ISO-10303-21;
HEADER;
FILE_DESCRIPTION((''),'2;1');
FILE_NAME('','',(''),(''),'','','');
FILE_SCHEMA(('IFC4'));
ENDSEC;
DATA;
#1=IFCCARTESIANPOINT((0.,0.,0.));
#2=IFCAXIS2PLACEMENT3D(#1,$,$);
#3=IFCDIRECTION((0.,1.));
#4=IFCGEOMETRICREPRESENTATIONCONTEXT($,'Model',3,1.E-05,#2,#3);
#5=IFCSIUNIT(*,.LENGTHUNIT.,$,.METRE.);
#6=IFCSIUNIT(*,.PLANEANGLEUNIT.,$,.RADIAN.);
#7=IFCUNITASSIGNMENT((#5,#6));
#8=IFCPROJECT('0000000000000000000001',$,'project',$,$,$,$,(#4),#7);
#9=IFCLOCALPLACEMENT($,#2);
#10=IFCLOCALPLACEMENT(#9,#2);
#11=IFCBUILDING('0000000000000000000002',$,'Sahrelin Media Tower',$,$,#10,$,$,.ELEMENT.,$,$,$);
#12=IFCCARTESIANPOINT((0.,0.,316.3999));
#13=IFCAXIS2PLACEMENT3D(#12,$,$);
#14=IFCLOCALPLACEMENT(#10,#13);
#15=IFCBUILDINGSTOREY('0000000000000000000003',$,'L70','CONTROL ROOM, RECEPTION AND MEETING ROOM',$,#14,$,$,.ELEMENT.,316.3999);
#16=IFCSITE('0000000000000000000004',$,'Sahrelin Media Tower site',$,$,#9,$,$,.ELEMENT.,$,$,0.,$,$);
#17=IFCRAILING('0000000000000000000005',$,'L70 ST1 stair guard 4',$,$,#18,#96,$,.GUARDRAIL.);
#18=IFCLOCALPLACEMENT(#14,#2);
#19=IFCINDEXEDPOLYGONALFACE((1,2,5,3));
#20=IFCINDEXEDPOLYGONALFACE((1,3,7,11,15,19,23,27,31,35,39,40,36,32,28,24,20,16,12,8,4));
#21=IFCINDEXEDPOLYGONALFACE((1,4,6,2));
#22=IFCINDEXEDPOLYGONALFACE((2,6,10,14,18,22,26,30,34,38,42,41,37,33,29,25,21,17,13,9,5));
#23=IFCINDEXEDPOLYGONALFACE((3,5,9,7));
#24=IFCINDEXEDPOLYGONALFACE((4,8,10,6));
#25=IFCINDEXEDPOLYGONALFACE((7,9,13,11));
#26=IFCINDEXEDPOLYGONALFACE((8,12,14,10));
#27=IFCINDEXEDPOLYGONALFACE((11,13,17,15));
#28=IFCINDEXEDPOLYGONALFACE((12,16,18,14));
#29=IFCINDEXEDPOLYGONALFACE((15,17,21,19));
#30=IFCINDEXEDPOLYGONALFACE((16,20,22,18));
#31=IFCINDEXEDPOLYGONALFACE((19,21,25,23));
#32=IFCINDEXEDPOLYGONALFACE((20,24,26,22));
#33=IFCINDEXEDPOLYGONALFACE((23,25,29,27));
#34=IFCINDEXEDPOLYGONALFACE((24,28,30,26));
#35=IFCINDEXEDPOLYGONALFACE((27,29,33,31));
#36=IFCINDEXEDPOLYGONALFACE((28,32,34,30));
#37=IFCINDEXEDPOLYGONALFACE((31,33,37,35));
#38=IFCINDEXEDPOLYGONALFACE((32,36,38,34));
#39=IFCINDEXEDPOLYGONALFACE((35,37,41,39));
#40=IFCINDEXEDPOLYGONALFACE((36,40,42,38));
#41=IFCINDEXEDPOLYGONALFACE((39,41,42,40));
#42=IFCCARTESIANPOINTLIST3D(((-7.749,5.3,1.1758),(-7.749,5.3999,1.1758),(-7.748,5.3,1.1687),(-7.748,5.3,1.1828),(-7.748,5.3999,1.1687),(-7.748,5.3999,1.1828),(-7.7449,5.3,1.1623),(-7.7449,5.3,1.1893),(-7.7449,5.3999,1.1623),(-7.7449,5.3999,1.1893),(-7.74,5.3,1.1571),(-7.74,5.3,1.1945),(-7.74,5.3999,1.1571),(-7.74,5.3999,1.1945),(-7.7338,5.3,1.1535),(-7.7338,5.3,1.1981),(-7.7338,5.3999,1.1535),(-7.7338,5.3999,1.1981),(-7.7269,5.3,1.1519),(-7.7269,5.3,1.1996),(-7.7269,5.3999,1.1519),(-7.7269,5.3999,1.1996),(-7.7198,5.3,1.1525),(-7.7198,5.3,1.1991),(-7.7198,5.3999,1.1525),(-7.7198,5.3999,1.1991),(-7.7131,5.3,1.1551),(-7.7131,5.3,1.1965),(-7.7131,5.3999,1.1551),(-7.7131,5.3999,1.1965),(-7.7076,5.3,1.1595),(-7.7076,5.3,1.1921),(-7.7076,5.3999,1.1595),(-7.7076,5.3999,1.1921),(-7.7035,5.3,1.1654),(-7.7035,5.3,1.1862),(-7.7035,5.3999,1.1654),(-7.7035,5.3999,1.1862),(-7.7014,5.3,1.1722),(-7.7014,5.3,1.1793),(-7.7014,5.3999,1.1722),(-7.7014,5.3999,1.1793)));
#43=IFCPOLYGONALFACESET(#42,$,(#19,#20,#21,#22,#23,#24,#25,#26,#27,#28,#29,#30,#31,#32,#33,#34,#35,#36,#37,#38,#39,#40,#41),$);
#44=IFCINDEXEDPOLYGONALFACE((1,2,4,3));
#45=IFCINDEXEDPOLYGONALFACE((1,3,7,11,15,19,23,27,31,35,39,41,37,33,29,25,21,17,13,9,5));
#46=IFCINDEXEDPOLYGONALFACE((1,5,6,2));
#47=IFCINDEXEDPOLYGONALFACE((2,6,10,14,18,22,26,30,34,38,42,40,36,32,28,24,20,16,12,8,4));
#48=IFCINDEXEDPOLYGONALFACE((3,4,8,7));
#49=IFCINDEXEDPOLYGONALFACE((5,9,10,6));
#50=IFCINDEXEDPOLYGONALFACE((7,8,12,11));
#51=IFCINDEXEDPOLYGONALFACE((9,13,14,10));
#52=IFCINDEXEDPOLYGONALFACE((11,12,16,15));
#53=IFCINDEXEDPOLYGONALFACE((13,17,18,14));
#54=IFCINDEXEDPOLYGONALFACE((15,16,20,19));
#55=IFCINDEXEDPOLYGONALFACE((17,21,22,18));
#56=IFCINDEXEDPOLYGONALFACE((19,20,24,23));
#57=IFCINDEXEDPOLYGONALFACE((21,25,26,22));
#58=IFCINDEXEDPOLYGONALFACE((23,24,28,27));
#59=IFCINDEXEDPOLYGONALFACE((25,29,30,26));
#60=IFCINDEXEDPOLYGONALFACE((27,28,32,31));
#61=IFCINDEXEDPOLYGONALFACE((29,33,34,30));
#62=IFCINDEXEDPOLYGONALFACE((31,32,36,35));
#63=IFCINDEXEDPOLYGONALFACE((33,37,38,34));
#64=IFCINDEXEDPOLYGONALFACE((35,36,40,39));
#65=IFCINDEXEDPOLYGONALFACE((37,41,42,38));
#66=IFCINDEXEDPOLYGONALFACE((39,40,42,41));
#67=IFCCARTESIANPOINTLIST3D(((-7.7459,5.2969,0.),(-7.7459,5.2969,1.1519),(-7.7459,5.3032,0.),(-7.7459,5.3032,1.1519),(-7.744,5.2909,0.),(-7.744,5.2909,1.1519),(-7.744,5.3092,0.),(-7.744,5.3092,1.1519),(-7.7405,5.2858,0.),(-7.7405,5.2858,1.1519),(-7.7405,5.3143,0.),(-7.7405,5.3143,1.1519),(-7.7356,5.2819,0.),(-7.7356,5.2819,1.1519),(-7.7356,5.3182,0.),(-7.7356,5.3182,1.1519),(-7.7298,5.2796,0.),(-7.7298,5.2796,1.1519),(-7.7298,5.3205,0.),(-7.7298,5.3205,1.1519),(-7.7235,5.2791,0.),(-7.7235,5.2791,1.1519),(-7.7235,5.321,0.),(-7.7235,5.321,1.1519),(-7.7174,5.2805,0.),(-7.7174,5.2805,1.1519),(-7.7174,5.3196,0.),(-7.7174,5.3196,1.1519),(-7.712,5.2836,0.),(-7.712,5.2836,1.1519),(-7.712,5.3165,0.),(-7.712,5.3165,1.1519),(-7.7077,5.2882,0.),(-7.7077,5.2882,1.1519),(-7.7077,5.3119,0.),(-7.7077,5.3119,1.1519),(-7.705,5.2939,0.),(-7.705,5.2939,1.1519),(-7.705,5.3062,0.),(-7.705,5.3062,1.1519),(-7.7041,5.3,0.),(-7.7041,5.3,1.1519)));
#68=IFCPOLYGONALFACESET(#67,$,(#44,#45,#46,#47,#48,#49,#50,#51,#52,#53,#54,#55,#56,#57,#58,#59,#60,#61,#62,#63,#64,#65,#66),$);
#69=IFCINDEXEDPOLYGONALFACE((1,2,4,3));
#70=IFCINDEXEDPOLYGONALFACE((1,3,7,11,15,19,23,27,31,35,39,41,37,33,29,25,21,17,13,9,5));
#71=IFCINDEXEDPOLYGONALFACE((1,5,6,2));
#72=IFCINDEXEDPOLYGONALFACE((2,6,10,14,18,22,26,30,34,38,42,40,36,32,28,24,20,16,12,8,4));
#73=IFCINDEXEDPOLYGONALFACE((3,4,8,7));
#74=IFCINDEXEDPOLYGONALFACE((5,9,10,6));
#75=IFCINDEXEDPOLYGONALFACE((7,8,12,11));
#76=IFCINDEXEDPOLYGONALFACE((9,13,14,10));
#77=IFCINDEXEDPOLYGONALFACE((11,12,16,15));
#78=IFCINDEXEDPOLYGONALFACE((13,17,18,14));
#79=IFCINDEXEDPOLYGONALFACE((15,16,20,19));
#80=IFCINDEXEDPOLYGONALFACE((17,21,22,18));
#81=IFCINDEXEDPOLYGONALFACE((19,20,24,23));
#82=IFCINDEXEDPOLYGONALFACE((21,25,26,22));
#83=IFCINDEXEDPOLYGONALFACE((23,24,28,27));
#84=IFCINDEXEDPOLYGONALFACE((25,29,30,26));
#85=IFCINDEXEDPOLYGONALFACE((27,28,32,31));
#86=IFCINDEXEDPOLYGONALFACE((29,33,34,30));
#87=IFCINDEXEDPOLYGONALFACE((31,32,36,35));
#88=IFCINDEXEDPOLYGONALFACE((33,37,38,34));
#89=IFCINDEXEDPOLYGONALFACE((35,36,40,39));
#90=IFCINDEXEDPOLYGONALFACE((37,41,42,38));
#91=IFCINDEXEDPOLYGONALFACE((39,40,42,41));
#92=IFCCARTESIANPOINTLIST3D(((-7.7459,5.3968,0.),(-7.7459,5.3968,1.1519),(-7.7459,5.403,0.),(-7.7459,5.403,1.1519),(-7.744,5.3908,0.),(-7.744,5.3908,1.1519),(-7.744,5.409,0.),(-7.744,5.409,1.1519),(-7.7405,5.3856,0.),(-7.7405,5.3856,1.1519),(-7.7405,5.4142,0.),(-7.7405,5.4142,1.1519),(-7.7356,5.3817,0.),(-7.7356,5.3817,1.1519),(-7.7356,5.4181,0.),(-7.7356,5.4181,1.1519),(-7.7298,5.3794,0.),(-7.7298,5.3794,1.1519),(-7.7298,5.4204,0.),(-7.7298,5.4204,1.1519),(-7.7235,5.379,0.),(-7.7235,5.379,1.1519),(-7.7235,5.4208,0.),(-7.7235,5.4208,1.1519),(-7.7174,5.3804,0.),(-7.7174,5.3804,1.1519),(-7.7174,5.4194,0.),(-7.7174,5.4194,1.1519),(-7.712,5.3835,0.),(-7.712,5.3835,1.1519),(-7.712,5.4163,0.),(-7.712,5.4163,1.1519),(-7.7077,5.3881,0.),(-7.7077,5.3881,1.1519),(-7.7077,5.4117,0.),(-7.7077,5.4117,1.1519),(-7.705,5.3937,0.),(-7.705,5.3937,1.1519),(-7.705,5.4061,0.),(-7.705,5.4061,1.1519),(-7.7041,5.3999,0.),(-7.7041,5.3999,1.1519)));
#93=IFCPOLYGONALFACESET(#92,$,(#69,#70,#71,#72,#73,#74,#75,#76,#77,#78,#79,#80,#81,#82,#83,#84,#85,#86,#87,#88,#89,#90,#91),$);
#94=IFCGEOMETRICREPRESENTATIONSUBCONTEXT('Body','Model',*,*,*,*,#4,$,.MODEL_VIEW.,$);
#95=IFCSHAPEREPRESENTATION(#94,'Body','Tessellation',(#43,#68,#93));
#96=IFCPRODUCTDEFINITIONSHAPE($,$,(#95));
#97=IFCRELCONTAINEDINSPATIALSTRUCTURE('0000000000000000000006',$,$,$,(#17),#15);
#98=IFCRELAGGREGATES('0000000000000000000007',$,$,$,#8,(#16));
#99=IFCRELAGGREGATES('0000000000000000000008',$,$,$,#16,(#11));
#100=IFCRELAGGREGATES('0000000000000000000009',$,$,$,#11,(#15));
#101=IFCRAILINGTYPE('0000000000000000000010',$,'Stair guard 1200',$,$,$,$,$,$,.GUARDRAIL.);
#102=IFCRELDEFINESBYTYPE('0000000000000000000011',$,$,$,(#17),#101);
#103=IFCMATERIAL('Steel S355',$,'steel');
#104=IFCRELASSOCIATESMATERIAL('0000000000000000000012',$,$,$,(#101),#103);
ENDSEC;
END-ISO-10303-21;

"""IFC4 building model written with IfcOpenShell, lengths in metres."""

from ifc_helpers import new_model, si_unit, direction, frame, origin, origin_2d, place, context, subcontext, project, spatial, circle, extrude, material, type_object, element, save


model = new_model("IFC4")

# Units and contexts
model_context = context("Model", 3, precision=1e-05, world=origin(), true_north=direction((0.0, 1.0)))
body_context = subcontext(model_context, "Body", "Model", "MODEL_VIEW")
ifc_project = project(units=[si_unit("LENGTHUNIT", "METRE"), si_unit("PLANEANGLEUNIT", "RADIAN")], contexts=[model_context])

# Site, building, storey
site_placement = place(None, origin())
site = spatial("IfcSite", under=ifc_project, at=site_placement, Name="Sahrelin Media Tower site", CompositionType="ELEMENT", RefElevation=0.0)
building_placement = place(site_placement, origin())
building = spatial("IfcBuilding", under=site, at=building_placement, Name="Sahrelin Media Tower", CompositionType="ELEMENT")
storey_placement = place(building_placement, frame((0.0, 0.0, 316.3999)))
storey = spatial("IfcBuildingStorey", under=building, at=storey_placement, Name="L70", Description="CONTROL ROOM, RECEPTION AND MEETING ROOM", CompositionType="ELEMENT", Elevation=316.3999)

# Shared definitions
ifc_material_1 = material(Name="Steel S355", Category="steel")

# Railing
railing_type_1 = type_object("IfcRailingType", Name="Stair guard 1200", PredefinedType="GUARDRAIL", material=ifc_material_1)
railing_1_placement = place(storey_placement, frame((-7.7251, 5.3, 0.0)))
element("IfcRailing", 1, at=railing_1_placement, inside=storey, type_object=railing_type_1, Name="L70 ST1 stair guard 4", PredefinedType="GUARDRAIL", context=body_context, shape_type="SweptSolid", body=[
    extrude(circle(Radius=0.0239, at=origin_2d()), frame((0.0, 0.0, 1.1758), z_axis=(0.0, 1.0, 0.0), x_axis=(-1.0, 0.0, 0.0)), (0.0, 0.0, 1.0), 0.0999),
    extrude(circle(Radius=0.021, at=origin_2d()), origin(), (0.0, 0.0, 1.0), 1.1519),
    extrude(circle(Radius=0.021, at=origin_2d()), frame((0.0, 0.0999, 0.0)), (0.0, 0.0, 1.0), 1.1519),
])

save(model, "model.ifc")
